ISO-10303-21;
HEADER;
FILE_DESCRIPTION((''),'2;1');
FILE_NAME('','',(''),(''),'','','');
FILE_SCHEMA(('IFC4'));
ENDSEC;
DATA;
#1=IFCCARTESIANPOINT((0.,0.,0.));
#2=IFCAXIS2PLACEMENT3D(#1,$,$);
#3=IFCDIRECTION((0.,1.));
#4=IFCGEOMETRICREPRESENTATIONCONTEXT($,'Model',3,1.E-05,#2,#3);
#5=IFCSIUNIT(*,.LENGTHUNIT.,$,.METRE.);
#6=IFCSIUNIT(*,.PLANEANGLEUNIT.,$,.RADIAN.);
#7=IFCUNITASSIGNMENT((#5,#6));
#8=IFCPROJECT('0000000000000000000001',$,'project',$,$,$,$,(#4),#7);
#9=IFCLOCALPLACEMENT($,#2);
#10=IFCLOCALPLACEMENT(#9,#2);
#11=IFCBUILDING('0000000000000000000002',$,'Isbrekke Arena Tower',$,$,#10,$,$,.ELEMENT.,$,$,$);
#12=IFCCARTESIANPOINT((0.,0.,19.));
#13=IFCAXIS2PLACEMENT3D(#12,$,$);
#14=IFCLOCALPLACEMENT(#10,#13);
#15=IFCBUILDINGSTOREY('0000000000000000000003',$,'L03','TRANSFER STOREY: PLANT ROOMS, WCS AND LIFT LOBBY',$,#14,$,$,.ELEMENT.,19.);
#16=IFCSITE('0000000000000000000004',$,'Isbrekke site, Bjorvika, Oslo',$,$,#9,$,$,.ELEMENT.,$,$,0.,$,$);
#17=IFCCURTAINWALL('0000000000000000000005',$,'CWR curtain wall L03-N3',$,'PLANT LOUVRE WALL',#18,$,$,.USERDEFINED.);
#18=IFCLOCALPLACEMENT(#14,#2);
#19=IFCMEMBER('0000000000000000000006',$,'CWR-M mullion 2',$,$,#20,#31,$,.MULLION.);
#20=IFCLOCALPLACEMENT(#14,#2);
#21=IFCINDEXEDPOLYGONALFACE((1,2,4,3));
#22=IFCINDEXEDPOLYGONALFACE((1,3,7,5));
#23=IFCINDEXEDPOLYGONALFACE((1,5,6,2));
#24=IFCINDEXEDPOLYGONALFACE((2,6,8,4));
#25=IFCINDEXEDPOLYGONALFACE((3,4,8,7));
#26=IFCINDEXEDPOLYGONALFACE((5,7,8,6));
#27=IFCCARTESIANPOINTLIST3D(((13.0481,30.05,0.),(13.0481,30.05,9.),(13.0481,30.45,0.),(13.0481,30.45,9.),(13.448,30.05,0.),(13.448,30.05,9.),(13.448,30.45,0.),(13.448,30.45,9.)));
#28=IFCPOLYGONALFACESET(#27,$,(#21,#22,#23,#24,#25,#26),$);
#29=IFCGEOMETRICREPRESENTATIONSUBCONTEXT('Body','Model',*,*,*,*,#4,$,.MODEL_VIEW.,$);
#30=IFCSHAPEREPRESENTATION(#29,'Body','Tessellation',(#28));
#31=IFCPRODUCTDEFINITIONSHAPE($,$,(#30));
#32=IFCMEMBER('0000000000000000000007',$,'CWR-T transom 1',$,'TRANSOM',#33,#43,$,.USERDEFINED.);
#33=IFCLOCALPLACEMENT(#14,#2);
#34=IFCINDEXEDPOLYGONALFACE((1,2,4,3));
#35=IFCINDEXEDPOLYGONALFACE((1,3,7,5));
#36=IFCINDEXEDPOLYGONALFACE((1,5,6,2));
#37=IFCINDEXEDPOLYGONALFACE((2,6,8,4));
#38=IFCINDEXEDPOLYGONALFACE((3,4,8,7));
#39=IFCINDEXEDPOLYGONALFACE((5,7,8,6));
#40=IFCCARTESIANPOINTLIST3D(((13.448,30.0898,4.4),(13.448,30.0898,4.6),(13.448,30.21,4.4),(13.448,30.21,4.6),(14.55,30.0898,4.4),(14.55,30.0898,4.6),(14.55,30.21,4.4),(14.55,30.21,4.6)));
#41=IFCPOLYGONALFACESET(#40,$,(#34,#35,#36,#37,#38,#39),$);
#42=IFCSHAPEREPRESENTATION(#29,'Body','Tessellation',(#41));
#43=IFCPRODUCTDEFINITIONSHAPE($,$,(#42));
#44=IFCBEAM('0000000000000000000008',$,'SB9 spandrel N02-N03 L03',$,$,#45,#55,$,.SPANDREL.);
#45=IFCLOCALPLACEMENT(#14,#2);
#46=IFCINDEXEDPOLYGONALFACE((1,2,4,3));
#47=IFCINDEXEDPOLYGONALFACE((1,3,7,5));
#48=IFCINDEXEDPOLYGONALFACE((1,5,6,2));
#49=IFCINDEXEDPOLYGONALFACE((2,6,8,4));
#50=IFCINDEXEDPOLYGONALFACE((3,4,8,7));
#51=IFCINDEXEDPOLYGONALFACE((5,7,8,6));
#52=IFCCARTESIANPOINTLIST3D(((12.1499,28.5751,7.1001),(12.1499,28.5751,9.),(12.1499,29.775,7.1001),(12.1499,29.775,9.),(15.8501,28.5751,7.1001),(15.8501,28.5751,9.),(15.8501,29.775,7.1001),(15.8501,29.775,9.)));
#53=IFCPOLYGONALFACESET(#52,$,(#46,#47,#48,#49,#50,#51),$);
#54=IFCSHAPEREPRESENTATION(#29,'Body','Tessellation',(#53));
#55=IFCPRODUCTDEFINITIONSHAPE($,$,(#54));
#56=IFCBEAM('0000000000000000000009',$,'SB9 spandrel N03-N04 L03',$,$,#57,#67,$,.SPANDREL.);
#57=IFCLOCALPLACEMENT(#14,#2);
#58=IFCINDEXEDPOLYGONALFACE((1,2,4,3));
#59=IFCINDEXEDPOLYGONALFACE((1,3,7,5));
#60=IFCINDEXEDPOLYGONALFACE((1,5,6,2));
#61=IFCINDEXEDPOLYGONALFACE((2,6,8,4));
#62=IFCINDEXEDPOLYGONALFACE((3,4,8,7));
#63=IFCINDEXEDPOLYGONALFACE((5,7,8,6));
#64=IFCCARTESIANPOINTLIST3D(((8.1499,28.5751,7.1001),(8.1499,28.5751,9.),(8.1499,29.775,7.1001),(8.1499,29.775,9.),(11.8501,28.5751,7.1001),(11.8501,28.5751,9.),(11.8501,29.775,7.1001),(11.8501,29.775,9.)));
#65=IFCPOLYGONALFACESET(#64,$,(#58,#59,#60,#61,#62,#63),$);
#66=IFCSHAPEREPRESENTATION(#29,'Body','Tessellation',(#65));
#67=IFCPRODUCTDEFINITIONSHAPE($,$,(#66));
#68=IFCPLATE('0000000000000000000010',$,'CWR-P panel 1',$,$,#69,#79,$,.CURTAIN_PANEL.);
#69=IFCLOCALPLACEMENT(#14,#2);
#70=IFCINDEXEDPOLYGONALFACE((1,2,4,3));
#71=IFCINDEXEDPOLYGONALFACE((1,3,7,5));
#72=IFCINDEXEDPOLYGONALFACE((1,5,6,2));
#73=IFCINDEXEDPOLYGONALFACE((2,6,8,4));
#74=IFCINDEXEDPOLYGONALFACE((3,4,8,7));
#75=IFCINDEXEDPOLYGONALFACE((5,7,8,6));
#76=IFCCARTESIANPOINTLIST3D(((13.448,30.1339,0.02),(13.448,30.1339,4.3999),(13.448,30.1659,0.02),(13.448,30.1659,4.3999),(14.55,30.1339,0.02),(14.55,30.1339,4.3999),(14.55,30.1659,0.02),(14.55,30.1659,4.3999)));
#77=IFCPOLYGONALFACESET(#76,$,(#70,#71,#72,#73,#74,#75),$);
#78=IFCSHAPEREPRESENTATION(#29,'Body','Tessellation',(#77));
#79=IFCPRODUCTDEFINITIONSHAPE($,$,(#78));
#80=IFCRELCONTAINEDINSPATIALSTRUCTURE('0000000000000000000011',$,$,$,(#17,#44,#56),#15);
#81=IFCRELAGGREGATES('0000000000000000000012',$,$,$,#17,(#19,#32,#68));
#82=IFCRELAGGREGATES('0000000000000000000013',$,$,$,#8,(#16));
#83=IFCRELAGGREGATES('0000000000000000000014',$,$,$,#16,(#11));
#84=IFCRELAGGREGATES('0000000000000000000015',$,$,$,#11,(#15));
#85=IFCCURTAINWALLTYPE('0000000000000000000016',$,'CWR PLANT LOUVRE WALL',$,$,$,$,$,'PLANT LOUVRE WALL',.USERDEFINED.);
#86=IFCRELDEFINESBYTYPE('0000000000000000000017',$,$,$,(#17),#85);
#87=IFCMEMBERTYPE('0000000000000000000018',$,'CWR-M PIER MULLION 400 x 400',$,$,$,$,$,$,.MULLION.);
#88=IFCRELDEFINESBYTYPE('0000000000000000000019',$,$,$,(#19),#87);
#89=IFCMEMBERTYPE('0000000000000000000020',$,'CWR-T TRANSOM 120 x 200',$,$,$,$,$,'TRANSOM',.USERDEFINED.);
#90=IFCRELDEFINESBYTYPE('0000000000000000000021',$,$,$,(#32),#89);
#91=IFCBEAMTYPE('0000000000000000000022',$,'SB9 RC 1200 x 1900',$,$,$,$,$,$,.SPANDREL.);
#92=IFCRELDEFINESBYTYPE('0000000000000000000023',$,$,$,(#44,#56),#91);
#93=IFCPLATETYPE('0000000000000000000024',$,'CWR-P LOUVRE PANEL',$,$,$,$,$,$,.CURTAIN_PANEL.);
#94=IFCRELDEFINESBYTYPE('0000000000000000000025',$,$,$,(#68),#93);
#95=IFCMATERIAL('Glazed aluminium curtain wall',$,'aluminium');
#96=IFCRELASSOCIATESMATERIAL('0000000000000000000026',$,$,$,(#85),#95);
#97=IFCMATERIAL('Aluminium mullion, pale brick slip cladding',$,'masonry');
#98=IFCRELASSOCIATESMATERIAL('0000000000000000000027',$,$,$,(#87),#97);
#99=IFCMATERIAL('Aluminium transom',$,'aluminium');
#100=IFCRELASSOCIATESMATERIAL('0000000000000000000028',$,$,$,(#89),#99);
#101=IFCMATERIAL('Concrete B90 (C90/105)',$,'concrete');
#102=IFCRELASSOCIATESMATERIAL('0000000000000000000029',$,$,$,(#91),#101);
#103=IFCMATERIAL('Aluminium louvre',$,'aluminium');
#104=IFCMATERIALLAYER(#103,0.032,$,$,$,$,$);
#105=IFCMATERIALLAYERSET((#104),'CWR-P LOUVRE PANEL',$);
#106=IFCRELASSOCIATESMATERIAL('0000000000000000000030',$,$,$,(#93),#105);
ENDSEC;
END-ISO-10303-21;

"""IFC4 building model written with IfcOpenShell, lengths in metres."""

from ifc_helpers import new_model, si_unit, direction, frame, origin, origin_2d, place, context, subcontext, project, spatial, rectangle, extrude, material, layer, layer_set, material_profile, profile_set, type_object, element, aggregate, save


model = new_model("IFC4")

# Units and contexts
model_context = context("Model", 3, precision=1e-05, world=origin(), true_north=direction((0.0, 1.0)))
body_context = subcontext(model_context, "Body", "Model", "MODEL_VIEW")
ifc_project = project(units=[si_unit("LENGTHUNIT", "METRE"), si_unit("PLANEANGLEUNIT", "RADIAN")], contexts=[model_context])

# Site, building, storey
site_placement = place(None, origin())
site = spatial("IfcSite", under=ifc_project, at=site_placement, Name="Isbrekke site, Bjorvika, Oslo", CompositionType="ELEMENT", RefElevation=0.0)
building_placement = place(site_placement, origin())
building = spatial("IfcBuilding", under=site, at=building_placement, Name="Isbrekke Arena Tower", CompositionType="ELEMENT")
storey_placement = place(building_placement, frame((0.0, 0.0, 19.0)))
storey = spatial("IfcBuildingStorey", under=building, at=storey_placement, Name="L03", Description="TRANSFER STOREY: PLANT ROOMS, WCS AND LIFT LOBBY", CompositionType="ELEMENT", Elevation=19.0)

# Curtain wall, members
ifc_material_1 = material(Name="Glazed aluminium curtain wall", Category="aluminium")
curtain_wall_type = type_object("IfcCurtainWallType", Name="CWR PLANT LOUVRE WALL", ElementType="PLANT LOUVRE WALL", PredefinedType="USERDEFINED", material=ifc_material_1)
curtain_wall_placement = place(storey_placement, origin())
curtain_wall = element("IfcCurtainWall", 1, at=curtain_wall_placement, inside=storey, type_object=curtain_wall_type, Name="CWR curtain wall L03-N3", ObjectType="PLANT LOUVRE WALL", PredefinedType="USERDEFINED")
ifc_material_2 = material(Name="Aluminium mullion, pale brick slip cladding", Category="masonry")
ifc_material_profile_1 = material_profile(ifc_material_2, rectangle(XDim=0.3999, YDim=0.3999, at=origin_2d()), Name="PIER 400X400")
ifc_profile_set_1 = profile_set([ifc_material_profile_1], Name="Aluminium mullion, pale brick slip cladding")
member_type_1 = type_object("IfcMemberType", Name="CWR-M PIER MULLION 400 x 400", PredefinedType="MULLION", material=ifc_profile_set_1)
member_1_placement = place(storey_placement, frame((13.248, 30.25, 0.0), z_axis=(0.0, 0.0, 1.0), x_axis=(-1.0, 0.0, 0.0)))
member_1 = element("IfcMember", 2, at=member_1_placement, type_object=member_type_1, Name="CWR-M mullion 2", PredefinedType="MULLION", context=body_context, shape_type="SweptSolid", body=[
    extrude(rectangle(XDim=0.3999, YDim=0.3999, at=origin_2d()), origin(), (0.0, 0.0, 1.0), 9.0),
])
ifc_material_3 = material(Name="Aluminium transom", Category="aluminium")
ifc_material_profile_2 = material_profile(ifc_material_3, rectangle(XDim=0.1201, YDim=0.2, at=origin_2d()), Name="TRANSOM 120X200")
ifc_profile_set_2 = profile_set([ifc_material_profile_2], Name="Aluminium transom")
member_type_2 = type_object("IfcMemberType", Name="CWR-T TRANSOM 120 x 200", ElementType="TRANSOM", PredefinedType="USERDEFINED", material=ifc_profile_set_2)
member_2_placement = place(storey_placement, frame((14.55, 30.1499, 4.5), z_axis=(-1.0, 0.0, 0.0), x_axis=(0.0, -1.0, 0.0)))
member_2 = element("IfcMember", 3, at=member_2_placement, type_object=member_type_2, Name="CWR-T transom 1", ObjectType="TRANSOM", PredefinedType="USERDEFINED", context=body_context, shape_type="SweptSolid", body=[
    extrude(rectangle(XDim=0.1201, YDim=0.2, at=origin_2d()), origin(), (0.0, 0.0, 1.0), 1.1021),
])

# Beams
ifc_material_4 = material(Name="Concrete B90 (C90/105)", Category="concrete")
ifc_material_profile_3 = material_profile(ifc_material_4, rectangle(XDim=1.2, YDim=1.8999, at=origin_2d()), Name="RC 1200x1900")
ifc_profile_set_3 = profile_set([ifc_material_profile_3], Name="Concrete B90 (C90/105)")
beam_type_1 = type_object("IfcBeamType", Name="SB9 RC 1200 x 1900", PredefinedType="SPANDREL", material=ifc_profile_set_3)
for number, where, z_axis, x_axis, name in (
    (4, (15.8501, 29.175, 8.05), (-1.0, 0.0, 0.0), (0.0, -1.0, 0.0), "SB9 spandrel N02-N03 L03"),
    (5, (11.8501, 29.175, 8.05), (-1.0, 0.0, 0.0), (0.0, -1.0, 0.0), "SB9 spandrel N03-N04 L03"),
):
    element("IfcBeam", number, at=place(storey_placement, frame(where, z_axis=z_axis, x_axis=x_axis)), inside=storey, type_object=beam_type_1, Name=name, PredefinedType="SPANDREL", context=body_context, shape_type="SweptSolid", body=[
        extrude(rectangle(XDim=1.2, YDim=1.8999, at=origin_2d()), origin(), (0.0, 0.0, 1.0), 3.7002),
    ])

# Plate
ifc_material_5 = material(Name="Aluminium louvre", Category="aluminium")
ifc_layer_1 = layer(ifc_material_5, 0.032)
ifc_layer_set_1 = layer_set([ifc_layer_1], Name="CWR-P LOUVRE PANEL")
plate_type = type_object("IfcPlateType", Name="CWR-P LOUVRE PANEL", PredefinedType="CURTAIN_PANEL", material=ifc_layer_set_1)
plate_placement = place(storey_placement, frame((13.999, 30.1499, 0.02), z_axis=(0.0, 0.0, 1.0), x_axis=(-1.0, 0.0, 0.0)))
plate = element("IfcPlate", 6, at=plate_placement, type_object=plate_type, Name="CWR-P panel 1", PredefinedType="CURTAIN_PANEL", context=body_context, shape_type="SweptSolid", body=[
    extrude(rectangle(XDim=1.1021, YDim=0.032, at=origin_2d()), origin(), (0.0, 0.0, 1.0), 4.3799),
])
aggregate(curtain_wall, [member_1, member_2, plate])

save(model, "model.ifc")
